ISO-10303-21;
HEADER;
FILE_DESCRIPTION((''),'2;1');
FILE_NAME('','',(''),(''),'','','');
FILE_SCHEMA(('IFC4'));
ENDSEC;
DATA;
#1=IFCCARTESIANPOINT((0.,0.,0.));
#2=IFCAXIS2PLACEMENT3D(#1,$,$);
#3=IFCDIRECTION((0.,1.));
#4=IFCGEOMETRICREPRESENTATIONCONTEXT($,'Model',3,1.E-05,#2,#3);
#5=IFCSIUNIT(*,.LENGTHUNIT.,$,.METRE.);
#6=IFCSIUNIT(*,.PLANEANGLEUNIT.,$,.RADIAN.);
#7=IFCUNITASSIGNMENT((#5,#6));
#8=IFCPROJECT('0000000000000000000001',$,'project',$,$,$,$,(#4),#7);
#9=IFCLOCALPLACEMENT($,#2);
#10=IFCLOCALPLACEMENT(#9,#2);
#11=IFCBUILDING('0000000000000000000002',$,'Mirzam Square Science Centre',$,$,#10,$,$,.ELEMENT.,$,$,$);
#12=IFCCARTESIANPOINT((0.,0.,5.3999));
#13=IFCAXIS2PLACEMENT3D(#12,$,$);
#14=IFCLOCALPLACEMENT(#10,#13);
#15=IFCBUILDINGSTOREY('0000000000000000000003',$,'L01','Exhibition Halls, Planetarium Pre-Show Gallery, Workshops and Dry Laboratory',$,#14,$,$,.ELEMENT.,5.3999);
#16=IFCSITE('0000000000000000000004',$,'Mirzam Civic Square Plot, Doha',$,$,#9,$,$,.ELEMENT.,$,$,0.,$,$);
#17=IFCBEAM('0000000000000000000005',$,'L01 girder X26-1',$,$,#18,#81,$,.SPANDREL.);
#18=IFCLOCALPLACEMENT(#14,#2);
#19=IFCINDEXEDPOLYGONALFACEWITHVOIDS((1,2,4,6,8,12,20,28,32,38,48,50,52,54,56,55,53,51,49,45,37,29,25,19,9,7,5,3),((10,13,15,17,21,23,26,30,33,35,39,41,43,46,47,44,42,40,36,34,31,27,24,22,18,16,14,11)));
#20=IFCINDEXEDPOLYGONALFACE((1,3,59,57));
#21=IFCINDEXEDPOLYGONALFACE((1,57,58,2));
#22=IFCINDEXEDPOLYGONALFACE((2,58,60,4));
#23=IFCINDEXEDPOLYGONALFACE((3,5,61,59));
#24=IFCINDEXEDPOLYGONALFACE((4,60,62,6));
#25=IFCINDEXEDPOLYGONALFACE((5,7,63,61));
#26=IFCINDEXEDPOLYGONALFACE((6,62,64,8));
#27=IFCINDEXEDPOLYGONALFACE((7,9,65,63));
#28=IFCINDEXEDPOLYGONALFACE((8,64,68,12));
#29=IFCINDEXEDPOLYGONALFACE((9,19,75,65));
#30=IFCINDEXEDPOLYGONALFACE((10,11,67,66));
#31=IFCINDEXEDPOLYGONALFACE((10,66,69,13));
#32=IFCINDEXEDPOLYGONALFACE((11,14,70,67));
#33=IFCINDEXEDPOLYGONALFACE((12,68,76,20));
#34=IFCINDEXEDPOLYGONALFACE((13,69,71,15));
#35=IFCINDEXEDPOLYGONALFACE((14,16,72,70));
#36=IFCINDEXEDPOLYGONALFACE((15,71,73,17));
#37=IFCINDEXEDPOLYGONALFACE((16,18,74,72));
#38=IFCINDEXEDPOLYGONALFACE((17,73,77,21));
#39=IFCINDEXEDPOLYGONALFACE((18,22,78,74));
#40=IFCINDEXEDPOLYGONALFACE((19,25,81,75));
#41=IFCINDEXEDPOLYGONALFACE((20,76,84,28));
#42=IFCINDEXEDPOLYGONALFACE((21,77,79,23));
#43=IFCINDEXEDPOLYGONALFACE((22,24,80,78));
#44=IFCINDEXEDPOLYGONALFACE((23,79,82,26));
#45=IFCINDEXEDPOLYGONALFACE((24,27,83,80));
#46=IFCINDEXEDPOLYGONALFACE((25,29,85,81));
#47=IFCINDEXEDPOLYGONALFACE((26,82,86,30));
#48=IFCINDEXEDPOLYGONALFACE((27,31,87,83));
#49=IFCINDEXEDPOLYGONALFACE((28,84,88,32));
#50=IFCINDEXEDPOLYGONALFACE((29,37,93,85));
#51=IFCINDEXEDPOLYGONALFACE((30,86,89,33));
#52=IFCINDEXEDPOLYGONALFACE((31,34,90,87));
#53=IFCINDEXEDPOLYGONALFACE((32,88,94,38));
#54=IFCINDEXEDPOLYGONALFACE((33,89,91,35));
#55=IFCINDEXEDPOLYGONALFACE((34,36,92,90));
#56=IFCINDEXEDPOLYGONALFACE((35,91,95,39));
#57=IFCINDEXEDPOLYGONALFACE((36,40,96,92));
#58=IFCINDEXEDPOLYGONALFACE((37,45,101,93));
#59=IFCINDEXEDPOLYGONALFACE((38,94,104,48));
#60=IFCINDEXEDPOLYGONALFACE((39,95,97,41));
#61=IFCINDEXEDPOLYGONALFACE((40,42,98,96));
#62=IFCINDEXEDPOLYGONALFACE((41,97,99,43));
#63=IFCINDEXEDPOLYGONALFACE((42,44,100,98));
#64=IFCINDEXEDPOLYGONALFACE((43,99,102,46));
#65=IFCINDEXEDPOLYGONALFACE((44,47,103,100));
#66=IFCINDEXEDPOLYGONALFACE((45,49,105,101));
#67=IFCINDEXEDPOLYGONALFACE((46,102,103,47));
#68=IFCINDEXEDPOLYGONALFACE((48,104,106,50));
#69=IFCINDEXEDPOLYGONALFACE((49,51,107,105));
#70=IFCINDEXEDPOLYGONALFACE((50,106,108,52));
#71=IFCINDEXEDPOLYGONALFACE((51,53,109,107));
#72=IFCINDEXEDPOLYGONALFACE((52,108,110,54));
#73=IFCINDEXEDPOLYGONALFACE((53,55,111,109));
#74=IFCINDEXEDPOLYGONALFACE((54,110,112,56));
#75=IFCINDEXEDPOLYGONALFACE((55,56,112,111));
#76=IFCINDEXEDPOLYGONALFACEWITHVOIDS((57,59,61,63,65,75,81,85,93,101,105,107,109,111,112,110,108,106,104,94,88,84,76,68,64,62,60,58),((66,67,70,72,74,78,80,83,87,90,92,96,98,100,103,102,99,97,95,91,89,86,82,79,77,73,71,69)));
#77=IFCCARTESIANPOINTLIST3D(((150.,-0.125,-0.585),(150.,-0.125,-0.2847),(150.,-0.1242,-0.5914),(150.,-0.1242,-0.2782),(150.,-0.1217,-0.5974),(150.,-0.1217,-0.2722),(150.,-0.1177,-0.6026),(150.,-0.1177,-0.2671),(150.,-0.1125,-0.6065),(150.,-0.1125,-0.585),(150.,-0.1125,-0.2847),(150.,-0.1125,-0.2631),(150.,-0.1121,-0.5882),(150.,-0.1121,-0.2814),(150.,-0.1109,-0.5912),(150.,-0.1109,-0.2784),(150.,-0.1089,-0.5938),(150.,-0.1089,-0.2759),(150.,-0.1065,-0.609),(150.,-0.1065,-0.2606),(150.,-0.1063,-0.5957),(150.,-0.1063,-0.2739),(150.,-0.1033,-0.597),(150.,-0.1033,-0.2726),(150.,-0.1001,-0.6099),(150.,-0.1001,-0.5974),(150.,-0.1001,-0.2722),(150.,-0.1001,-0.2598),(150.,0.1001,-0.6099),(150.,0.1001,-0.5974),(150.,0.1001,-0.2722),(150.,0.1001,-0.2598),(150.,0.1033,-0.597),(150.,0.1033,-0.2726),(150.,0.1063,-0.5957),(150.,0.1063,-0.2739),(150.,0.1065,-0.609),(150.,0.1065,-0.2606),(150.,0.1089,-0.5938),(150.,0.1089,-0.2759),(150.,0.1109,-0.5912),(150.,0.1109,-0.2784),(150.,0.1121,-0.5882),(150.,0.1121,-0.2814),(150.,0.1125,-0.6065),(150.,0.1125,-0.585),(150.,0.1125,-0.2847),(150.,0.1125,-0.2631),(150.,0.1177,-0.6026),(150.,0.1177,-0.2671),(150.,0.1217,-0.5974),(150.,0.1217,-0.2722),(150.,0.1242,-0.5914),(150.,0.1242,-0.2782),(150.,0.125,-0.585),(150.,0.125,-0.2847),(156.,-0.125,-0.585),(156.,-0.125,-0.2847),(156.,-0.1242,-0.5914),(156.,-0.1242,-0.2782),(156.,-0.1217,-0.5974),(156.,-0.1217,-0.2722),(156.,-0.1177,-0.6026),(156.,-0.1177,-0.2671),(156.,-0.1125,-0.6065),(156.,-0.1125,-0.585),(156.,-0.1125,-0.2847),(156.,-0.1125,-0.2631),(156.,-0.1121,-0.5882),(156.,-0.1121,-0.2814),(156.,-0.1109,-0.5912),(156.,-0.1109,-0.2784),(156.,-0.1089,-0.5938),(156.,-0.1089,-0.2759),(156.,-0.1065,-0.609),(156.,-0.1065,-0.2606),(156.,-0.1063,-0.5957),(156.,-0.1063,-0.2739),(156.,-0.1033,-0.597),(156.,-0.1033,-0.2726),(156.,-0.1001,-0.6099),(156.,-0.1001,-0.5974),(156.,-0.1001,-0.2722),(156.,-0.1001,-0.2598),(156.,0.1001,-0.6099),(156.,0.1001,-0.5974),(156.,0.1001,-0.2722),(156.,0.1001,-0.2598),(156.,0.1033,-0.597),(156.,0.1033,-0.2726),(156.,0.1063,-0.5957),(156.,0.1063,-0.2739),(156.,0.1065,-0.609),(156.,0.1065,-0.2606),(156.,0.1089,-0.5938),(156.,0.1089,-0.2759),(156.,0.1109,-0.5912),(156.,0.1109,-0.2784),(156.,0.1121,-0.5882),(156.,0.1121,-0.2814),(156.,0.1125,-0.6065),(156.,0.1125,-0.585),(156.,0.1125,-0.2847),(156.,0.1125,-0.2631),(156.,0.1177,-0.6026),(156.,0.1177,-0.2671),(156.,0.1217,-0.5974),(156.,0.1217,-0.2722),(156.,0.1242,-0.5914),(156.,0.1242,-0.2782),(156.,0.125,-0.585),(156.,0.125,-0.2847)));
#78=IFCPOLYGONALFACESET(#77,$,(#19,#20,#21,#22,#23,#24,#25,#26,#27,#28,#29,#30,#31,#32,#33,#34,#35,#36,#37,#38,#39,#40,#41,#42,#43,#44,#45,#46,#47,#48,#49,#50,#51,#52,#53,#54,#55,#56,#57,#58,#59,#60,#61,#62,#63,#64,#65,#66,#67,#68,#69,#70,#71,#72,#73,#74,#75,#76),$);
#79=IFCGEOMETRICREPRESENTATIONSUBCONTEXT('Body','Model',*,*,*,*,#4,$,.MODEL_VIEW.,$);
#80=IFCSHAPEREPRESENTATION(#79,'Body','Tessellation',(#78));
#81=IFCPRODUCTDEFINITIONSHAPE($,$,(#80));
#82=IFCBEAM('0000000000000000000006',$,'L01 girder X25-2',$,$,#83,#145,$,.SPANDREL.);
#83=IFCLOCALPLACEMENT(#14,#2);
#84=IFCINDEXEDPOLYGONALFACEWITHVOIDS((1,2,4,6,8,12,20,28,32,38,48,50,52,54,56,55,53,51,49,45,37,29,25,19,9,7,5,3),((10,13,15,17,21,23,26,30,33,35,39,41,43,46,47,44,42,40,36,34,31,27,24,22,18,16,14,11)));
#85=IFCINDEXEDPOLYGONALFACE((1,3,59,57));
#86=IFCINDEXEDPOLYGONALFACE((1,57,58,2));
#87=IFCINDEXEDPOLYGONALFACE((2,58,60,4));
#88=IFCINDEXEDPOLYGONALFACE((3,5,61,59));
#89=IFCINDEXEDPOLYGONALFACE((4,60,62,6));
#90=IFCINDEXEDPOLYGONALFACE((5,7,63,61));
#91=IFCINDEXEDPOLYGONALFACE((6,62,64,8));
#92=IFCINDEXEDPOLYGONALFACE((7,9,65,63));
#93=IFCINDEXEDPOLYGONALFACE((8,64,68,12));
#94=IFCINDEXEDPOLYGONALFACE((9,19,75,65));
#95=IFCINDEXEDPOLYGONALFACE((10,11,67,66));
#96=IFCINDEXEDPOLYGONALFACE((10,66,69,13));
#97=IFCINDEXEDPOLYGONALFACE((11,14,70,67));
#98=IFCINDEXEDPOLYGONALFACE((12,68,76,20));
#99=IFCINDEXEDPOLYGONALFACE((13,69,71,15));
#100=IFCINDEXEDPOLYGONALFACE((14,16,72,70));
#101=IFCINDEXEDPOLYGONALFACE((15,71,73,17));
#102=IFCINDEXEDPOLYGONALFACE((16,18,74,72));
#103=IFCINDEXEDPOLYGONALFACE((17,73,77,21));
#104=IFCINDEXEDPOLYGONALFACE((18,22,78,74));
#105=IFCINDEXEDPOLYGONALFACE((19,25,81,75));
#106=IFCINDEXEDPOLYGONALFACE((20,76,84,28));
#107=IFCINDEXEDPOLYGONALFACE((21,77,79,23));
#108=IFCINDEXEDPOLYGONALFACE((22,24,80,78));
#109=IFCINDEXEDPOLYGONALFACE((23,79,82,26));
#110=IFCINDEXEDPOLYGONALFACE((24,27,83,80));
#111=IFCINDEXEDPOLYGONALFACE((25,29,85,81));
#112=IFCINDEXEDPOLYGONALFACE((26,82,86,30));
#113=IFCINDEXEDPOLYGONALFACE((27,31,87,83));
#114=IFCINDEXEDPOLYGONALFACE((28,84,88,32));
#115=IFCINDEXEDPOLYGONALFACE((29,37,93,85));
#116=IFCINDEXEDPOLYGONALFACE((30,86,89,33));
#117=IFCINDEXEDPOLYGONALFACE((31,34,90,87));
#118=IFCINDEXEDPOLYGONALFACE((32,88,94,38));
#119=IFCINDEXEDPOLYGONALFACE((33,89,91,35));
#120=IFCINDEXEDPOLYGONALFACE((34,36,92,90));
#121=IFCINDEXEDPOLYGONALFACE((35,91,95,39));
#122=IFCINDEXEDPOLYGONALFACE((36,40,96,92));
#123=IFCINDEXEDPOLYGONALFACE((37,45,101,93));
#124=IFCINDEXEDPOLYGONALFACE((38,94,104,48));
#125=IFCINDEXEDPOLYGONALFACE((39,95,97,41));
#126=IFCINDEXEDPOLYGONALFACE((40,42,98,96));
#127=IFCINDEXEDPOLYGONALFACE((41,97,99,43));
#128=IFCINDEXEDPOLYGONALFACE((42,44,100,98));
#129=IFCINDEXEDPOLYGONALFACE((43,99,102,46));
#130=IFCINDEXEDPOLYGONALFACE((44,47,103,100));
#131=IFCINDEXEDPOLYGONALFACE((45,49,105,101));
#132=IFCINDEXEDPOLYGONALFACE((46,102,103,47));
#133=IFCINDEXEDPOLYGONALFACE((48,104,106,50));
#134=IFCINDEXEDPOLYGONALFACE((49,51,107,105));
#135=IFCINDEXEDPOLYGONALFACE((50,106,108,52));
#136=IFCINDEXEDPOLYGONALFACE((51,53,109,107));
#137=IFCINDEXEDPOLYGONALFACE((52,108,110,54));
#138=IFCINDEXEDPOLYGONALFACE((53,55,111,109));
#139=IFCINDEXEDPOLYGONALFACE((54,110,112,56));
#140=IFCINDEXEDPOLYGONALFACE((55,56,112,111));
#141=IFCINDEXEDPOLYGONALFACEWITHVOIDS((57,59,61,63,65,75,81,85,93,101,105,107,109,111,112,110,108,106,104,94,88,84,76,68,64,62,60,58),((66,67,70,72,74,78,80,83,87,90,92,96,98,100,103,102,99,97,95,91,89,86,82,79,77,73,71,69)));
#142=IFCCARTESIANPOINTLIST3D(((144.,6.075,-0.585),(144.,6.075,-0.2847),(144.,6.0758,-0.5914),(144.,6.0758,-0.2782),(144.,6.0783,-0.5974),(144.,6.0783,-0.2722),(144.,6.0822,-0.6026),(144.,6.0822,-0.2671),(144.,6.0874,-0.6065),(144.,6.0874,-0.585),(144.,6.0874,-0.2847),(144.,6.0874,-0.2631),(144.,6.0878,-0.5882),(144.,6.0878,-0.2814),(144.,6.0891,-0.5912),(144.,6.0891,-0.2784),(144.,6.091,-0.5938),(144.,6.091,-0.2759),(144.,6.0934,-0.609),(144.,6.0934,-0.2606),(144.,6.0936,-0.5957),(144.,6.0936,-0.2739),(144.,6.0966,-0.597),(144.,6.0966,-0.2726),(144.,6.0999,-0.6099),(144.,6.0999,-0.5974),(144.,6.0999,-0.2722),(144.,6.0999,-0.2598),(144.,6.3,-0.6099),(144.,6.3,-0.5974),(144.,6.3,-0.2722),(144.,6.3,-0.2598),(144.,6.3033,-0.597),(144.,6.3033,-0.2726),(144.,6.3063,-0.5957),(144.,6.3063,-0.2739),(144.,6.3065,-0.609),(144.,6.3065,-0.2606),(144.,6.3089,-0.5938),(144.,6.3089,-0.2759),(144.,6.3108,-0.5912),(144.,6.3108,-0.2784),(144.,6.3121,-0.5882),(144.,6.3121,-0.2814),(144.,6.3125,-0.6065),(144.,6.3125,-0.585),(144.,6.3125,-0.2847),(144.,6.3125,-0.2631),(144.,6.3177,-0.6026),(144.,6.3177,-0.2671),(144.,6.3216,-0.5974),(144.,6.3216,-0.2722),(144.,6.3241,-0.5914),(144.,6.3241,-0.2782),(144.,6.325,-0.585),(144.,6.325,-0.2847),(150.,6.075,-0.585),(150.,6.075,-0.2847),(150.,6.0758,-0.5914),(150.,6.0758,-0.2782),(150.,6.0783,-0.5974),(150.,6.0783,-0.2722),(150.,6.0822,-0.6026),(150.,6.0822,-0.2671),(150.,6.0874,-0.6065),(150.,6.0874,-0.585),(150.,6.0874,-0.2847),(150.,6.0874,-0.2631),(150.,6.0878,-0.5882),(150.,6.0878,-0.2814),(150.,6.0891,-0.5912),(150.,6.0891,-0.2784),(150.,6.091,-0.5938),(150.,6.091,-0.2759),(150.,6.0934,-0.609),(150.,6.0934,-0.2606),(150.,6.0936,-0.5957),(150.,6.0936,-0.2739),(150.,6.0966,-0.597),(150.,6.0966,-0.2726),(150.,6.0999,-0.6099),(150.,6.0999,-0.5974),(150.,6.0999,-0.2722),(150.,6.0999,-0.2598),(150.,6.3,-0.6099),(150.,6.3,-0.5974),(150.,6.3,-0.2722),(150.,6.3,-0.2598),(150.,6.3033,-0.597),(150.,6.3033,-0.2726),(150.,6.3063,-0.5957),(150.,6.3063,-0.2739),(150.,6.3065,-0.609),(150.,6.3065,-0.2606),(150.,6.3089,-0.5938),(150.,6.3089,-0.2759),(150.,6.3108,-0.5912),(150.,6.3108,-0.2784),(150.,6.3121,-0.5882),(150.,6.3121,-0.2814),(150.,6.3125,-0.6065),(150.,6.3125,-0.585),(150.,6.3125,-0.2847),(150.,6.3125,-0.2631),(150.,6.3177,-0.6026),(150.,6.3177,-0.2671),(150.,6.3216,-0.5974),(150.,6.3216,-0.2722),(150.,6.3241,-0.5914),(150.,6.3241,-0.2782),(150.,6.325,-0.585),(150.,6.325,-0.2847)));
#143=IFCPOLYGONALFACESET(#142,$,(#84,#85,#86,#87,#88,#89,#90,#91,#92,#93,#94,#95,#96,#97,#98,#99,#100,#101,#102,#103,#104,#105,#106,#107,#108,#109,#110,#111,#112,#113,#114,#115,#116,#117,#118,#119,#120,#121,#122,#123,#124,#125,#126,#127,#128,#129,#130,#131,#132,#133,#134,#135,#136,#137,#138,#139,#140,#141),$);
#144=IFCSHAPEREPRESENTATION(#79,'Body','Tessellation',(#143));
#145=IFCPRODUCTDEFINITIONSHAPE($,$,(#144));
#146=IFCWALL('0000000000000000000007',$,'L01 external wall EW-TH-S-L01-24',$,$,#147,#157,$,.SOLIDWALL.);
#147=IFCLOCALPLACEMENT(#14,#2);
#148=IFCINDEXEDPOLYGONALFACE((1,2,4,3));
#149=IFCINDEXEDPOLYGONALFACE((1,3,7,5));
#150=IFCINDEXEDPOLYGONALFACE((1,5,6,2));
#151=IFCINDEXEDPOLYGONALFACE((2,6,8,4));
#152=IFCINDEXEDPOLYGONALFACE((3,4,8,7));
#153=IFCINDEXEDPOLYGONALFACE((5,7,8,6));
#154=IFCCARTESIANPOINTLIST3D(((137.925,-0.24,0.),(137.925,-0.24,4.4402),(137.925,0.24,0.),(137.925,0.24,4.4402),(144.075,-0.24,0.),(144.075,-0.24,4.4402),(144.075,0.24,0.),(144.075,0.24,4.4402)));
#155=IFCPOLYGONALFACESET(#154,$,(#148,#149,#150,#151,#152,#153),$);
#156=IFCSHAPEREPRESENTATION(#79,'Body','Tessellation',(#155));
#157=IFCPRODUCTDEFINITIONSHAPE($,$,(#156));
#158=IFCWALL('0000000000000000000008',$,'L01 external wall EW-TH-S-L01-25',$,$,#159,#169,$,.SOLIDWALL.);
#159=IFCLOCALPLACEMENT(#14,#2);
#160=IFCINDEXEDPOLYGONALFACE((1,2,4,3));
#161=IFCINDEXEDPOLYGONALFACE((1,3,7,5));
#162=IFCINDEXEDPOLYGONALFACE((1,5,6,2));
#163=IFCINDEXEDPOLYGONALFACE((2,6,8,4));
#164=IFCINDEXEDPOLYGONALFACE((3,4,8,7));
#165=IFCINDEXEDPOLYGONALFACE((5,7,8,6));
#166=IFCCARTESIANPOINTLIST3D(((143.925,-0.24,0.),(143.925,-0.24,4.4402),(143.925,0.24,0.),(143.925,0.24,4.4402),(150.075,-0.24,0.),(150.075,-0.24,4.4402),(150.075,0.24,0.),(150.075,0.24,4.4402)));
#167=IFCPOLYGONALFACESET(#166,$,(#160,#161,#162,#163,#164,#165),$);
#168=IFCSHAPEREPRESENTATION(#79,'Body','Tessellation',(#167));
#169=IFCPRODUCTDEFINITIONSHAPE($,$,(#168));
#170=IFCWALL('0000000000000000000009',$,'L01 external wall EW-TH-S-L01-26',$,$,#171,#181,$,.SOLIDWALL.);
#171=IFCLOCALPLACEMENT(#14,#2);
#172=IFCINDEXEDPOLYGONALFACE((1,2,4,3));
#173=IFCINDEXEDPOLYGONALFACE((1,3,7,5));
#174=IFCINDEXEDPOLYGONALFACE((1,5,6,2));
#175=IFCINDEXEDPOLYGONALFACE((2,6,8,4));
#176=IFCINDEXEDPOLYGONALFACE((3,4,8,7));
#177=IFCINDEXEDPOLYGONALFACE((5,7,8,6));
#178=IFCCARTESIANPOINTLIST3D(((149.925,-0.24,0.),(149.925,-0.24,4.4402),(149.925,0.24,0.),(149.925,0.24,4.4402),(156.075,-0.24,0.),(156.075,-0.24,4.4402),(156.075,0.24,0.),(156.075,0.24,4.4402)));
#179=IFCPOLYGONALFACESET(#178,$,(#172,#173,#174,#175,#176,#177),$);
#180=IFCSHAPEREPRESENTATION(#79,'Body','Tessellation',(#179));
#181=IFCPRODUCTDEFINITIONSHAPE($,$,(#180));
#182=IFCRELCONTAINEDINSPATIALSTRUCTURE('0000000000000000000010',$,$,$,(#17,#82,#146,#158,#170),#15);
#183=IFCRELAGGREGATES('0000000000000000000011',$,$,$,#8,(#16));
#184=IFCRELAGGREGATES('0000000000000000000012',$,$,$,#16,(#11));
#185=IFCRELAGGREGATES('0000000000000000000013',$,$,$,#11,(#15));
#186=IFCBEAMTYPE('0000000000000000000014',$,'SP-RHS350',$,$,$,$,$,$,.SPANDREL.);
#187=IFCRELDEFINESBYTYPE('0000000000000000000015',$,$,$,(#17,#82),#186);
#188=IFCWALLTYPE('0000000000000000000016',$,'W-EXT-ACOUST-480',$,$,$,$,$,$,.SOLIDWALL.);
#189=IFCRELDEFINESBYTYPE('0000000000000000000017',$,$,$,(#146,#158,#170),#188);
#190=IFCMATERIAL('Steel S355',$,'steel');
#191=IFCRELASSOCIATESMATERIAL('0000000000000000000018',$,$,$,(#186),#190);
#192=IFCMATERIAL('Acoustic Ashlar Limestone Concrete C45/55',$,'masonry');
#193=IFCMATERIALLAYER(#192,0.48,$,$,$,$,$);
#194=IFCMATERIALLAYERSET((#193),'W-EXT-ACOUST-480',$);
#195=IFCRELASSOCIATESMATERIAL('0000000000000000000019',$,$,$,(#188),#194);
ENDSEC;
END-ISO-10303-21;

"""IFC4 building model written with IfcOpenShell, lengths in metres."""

from ifc_helpers import new_model, si_unit, direction, frame, frame_2d, origin, origin_2d, place, context, subcontext, project, spatial, rectangle, hollow_rectangle, extrude, material, layer, layer_set, material_profile, profile_set, type_object, element, save


model = new_model("IFC4")

# Units and contexts
model_context = context("Model", 3, precision=1e-05, world=origin(), true_north=direction((0.0, 1.0)))
body_context = subcontext(model_context, "Body", "Model", "MODEL_VIEW")
ifc_project = project(units=[si_unit("LENGTHUNIT", "METRE"), si_unit("PLANEANGLEUNIT", "RADIAN")], contexts=[model_context])

# Site, building, storey
site_placement = place(None, origin())
site = spatial("IfcSite", under=ifc_project, at=site_placement, Name="Mirzam Civic Square Plot, Doha", CompositionType="ELEMENT", RefElevation=0.0)
building_placement = place(site_placement, origin())
building = spatial("IfcBuilding", under=site, at=building_placement, Name="Mirzam Square Science Centre", CompositionType="ELEMENT")
storey_placement = place(building_placement, frame((0.0, 0.0, 5.3999)))
storey = spatial("IfcBuildingStorey", under=building, at=storey_placement, Name="L01", Description="Exhibition Halls, Planetarium Pre-Show Gallery, Workshops and Dry Laboratory", CompositionType="ELEMENT", Elevation=5.3999)

# Shared definitions
ifc_material_1 = material(Name="Steel S355", Category="steel")

# Beams
ifc_material_profile_1 = material_profile(ifc_material_1, hollow_rectangle(XDim=0.25, YDim=0.3501, WallThickness=0.0125, InnerFilletRadius=0.0125, OuterFilletRadius=0.0249, at=origin_2d()), Name="350x250x12.5RHS")
ifc_profile_set_1 = profile_set([ifc_material_profile_1], Name="Steel S355")
beam_type_1 = type_object("IfcBeamType", Name="SP-RHS350", PredefinedType="SPANDREL", material=ifc_profile_set_1)
for number, where, z_axis, x_axis, name in (
    (1, (150.0, 0.0, -0.4348), (1.0, 0.0, 0.0), (0.0, 1.0, 0.0), "L01 girder X26-1"),
    (2, (144.0, 6.2, -0.4348), (1.0, 0.0, 0.0), (0.0, 1.0, 0.0), "L01 girder X25-2"),
):
    element("IfcBeam", number, at=place(storey_placement, frame(where, z_axis=z_axis, x_axis=x_axis)), inside=storey, type_object=beam_type_1, Name=name, PredefinedType="SPANDREL", context=body_context, shape_type="SweptSolid", body=[
        extrude(hollow_rectangle(XDim=0.25, YDim=0.3501, WallThickness=0.0125, InnerFilletRadius=0.0125, OuterFilletRadius=0.0249, at=origin_2d()), origin(), (0.0, 0.0, 1.0), 6.0),
    ])

# Walls
ifc_material_2 = material(Name="Acoustic Ashlar Limestone Concrete C45/55", Category="masonry")
ifc_layer = layer(ifc_material_2, 0.48)
ifc_layer_set = layer_set([ifc_layer], Name="W-EXT-ACOUST-480")
wall_type = type_object("IfcWallType", Name="W-EXT-ACOUST-480", PredefinedType="SOLIDWALL", material=ifc_layer_set)
for number, where, z_axis, x_axis, name in (
    (3, (137.925, 0.0, 0.0), (0.0, 0.0, 1.0), (1.0, 0.0, 0.0), "L01 external wall EW-TH-S-L01-24"),
    (4, (143.925, 0.0, 0.0), (0.0, 0.0, 1.0), (1.0, 0.0, 0.0), "L01 external wall EW-TH-S-L01-25"),
    (5, (149.925, 0.0, 0.0), (0.0, 0.0, 1.0), (1.0, 0.0, 0.0), "L01 external wall EW-TH-S-L01-26"),
):
    element("IfcWall", number, at=place(storey_placement, frame(where, z_axis=z_axis, x_axis=x_axis)), inside=storey, type_object=wall_type, Name=name, PredefinedType="SOLIDWALL", context=body_context, shape_type="SweptSolid", body=[
        extrude(rectangle(XDim=6.1499, YDim=0.48, at=frame_2d((3.075, 0.0))), origin(), (0.0, 0.0, 1.0), 4.4402),
    ])

save(model, "model.ifc")
